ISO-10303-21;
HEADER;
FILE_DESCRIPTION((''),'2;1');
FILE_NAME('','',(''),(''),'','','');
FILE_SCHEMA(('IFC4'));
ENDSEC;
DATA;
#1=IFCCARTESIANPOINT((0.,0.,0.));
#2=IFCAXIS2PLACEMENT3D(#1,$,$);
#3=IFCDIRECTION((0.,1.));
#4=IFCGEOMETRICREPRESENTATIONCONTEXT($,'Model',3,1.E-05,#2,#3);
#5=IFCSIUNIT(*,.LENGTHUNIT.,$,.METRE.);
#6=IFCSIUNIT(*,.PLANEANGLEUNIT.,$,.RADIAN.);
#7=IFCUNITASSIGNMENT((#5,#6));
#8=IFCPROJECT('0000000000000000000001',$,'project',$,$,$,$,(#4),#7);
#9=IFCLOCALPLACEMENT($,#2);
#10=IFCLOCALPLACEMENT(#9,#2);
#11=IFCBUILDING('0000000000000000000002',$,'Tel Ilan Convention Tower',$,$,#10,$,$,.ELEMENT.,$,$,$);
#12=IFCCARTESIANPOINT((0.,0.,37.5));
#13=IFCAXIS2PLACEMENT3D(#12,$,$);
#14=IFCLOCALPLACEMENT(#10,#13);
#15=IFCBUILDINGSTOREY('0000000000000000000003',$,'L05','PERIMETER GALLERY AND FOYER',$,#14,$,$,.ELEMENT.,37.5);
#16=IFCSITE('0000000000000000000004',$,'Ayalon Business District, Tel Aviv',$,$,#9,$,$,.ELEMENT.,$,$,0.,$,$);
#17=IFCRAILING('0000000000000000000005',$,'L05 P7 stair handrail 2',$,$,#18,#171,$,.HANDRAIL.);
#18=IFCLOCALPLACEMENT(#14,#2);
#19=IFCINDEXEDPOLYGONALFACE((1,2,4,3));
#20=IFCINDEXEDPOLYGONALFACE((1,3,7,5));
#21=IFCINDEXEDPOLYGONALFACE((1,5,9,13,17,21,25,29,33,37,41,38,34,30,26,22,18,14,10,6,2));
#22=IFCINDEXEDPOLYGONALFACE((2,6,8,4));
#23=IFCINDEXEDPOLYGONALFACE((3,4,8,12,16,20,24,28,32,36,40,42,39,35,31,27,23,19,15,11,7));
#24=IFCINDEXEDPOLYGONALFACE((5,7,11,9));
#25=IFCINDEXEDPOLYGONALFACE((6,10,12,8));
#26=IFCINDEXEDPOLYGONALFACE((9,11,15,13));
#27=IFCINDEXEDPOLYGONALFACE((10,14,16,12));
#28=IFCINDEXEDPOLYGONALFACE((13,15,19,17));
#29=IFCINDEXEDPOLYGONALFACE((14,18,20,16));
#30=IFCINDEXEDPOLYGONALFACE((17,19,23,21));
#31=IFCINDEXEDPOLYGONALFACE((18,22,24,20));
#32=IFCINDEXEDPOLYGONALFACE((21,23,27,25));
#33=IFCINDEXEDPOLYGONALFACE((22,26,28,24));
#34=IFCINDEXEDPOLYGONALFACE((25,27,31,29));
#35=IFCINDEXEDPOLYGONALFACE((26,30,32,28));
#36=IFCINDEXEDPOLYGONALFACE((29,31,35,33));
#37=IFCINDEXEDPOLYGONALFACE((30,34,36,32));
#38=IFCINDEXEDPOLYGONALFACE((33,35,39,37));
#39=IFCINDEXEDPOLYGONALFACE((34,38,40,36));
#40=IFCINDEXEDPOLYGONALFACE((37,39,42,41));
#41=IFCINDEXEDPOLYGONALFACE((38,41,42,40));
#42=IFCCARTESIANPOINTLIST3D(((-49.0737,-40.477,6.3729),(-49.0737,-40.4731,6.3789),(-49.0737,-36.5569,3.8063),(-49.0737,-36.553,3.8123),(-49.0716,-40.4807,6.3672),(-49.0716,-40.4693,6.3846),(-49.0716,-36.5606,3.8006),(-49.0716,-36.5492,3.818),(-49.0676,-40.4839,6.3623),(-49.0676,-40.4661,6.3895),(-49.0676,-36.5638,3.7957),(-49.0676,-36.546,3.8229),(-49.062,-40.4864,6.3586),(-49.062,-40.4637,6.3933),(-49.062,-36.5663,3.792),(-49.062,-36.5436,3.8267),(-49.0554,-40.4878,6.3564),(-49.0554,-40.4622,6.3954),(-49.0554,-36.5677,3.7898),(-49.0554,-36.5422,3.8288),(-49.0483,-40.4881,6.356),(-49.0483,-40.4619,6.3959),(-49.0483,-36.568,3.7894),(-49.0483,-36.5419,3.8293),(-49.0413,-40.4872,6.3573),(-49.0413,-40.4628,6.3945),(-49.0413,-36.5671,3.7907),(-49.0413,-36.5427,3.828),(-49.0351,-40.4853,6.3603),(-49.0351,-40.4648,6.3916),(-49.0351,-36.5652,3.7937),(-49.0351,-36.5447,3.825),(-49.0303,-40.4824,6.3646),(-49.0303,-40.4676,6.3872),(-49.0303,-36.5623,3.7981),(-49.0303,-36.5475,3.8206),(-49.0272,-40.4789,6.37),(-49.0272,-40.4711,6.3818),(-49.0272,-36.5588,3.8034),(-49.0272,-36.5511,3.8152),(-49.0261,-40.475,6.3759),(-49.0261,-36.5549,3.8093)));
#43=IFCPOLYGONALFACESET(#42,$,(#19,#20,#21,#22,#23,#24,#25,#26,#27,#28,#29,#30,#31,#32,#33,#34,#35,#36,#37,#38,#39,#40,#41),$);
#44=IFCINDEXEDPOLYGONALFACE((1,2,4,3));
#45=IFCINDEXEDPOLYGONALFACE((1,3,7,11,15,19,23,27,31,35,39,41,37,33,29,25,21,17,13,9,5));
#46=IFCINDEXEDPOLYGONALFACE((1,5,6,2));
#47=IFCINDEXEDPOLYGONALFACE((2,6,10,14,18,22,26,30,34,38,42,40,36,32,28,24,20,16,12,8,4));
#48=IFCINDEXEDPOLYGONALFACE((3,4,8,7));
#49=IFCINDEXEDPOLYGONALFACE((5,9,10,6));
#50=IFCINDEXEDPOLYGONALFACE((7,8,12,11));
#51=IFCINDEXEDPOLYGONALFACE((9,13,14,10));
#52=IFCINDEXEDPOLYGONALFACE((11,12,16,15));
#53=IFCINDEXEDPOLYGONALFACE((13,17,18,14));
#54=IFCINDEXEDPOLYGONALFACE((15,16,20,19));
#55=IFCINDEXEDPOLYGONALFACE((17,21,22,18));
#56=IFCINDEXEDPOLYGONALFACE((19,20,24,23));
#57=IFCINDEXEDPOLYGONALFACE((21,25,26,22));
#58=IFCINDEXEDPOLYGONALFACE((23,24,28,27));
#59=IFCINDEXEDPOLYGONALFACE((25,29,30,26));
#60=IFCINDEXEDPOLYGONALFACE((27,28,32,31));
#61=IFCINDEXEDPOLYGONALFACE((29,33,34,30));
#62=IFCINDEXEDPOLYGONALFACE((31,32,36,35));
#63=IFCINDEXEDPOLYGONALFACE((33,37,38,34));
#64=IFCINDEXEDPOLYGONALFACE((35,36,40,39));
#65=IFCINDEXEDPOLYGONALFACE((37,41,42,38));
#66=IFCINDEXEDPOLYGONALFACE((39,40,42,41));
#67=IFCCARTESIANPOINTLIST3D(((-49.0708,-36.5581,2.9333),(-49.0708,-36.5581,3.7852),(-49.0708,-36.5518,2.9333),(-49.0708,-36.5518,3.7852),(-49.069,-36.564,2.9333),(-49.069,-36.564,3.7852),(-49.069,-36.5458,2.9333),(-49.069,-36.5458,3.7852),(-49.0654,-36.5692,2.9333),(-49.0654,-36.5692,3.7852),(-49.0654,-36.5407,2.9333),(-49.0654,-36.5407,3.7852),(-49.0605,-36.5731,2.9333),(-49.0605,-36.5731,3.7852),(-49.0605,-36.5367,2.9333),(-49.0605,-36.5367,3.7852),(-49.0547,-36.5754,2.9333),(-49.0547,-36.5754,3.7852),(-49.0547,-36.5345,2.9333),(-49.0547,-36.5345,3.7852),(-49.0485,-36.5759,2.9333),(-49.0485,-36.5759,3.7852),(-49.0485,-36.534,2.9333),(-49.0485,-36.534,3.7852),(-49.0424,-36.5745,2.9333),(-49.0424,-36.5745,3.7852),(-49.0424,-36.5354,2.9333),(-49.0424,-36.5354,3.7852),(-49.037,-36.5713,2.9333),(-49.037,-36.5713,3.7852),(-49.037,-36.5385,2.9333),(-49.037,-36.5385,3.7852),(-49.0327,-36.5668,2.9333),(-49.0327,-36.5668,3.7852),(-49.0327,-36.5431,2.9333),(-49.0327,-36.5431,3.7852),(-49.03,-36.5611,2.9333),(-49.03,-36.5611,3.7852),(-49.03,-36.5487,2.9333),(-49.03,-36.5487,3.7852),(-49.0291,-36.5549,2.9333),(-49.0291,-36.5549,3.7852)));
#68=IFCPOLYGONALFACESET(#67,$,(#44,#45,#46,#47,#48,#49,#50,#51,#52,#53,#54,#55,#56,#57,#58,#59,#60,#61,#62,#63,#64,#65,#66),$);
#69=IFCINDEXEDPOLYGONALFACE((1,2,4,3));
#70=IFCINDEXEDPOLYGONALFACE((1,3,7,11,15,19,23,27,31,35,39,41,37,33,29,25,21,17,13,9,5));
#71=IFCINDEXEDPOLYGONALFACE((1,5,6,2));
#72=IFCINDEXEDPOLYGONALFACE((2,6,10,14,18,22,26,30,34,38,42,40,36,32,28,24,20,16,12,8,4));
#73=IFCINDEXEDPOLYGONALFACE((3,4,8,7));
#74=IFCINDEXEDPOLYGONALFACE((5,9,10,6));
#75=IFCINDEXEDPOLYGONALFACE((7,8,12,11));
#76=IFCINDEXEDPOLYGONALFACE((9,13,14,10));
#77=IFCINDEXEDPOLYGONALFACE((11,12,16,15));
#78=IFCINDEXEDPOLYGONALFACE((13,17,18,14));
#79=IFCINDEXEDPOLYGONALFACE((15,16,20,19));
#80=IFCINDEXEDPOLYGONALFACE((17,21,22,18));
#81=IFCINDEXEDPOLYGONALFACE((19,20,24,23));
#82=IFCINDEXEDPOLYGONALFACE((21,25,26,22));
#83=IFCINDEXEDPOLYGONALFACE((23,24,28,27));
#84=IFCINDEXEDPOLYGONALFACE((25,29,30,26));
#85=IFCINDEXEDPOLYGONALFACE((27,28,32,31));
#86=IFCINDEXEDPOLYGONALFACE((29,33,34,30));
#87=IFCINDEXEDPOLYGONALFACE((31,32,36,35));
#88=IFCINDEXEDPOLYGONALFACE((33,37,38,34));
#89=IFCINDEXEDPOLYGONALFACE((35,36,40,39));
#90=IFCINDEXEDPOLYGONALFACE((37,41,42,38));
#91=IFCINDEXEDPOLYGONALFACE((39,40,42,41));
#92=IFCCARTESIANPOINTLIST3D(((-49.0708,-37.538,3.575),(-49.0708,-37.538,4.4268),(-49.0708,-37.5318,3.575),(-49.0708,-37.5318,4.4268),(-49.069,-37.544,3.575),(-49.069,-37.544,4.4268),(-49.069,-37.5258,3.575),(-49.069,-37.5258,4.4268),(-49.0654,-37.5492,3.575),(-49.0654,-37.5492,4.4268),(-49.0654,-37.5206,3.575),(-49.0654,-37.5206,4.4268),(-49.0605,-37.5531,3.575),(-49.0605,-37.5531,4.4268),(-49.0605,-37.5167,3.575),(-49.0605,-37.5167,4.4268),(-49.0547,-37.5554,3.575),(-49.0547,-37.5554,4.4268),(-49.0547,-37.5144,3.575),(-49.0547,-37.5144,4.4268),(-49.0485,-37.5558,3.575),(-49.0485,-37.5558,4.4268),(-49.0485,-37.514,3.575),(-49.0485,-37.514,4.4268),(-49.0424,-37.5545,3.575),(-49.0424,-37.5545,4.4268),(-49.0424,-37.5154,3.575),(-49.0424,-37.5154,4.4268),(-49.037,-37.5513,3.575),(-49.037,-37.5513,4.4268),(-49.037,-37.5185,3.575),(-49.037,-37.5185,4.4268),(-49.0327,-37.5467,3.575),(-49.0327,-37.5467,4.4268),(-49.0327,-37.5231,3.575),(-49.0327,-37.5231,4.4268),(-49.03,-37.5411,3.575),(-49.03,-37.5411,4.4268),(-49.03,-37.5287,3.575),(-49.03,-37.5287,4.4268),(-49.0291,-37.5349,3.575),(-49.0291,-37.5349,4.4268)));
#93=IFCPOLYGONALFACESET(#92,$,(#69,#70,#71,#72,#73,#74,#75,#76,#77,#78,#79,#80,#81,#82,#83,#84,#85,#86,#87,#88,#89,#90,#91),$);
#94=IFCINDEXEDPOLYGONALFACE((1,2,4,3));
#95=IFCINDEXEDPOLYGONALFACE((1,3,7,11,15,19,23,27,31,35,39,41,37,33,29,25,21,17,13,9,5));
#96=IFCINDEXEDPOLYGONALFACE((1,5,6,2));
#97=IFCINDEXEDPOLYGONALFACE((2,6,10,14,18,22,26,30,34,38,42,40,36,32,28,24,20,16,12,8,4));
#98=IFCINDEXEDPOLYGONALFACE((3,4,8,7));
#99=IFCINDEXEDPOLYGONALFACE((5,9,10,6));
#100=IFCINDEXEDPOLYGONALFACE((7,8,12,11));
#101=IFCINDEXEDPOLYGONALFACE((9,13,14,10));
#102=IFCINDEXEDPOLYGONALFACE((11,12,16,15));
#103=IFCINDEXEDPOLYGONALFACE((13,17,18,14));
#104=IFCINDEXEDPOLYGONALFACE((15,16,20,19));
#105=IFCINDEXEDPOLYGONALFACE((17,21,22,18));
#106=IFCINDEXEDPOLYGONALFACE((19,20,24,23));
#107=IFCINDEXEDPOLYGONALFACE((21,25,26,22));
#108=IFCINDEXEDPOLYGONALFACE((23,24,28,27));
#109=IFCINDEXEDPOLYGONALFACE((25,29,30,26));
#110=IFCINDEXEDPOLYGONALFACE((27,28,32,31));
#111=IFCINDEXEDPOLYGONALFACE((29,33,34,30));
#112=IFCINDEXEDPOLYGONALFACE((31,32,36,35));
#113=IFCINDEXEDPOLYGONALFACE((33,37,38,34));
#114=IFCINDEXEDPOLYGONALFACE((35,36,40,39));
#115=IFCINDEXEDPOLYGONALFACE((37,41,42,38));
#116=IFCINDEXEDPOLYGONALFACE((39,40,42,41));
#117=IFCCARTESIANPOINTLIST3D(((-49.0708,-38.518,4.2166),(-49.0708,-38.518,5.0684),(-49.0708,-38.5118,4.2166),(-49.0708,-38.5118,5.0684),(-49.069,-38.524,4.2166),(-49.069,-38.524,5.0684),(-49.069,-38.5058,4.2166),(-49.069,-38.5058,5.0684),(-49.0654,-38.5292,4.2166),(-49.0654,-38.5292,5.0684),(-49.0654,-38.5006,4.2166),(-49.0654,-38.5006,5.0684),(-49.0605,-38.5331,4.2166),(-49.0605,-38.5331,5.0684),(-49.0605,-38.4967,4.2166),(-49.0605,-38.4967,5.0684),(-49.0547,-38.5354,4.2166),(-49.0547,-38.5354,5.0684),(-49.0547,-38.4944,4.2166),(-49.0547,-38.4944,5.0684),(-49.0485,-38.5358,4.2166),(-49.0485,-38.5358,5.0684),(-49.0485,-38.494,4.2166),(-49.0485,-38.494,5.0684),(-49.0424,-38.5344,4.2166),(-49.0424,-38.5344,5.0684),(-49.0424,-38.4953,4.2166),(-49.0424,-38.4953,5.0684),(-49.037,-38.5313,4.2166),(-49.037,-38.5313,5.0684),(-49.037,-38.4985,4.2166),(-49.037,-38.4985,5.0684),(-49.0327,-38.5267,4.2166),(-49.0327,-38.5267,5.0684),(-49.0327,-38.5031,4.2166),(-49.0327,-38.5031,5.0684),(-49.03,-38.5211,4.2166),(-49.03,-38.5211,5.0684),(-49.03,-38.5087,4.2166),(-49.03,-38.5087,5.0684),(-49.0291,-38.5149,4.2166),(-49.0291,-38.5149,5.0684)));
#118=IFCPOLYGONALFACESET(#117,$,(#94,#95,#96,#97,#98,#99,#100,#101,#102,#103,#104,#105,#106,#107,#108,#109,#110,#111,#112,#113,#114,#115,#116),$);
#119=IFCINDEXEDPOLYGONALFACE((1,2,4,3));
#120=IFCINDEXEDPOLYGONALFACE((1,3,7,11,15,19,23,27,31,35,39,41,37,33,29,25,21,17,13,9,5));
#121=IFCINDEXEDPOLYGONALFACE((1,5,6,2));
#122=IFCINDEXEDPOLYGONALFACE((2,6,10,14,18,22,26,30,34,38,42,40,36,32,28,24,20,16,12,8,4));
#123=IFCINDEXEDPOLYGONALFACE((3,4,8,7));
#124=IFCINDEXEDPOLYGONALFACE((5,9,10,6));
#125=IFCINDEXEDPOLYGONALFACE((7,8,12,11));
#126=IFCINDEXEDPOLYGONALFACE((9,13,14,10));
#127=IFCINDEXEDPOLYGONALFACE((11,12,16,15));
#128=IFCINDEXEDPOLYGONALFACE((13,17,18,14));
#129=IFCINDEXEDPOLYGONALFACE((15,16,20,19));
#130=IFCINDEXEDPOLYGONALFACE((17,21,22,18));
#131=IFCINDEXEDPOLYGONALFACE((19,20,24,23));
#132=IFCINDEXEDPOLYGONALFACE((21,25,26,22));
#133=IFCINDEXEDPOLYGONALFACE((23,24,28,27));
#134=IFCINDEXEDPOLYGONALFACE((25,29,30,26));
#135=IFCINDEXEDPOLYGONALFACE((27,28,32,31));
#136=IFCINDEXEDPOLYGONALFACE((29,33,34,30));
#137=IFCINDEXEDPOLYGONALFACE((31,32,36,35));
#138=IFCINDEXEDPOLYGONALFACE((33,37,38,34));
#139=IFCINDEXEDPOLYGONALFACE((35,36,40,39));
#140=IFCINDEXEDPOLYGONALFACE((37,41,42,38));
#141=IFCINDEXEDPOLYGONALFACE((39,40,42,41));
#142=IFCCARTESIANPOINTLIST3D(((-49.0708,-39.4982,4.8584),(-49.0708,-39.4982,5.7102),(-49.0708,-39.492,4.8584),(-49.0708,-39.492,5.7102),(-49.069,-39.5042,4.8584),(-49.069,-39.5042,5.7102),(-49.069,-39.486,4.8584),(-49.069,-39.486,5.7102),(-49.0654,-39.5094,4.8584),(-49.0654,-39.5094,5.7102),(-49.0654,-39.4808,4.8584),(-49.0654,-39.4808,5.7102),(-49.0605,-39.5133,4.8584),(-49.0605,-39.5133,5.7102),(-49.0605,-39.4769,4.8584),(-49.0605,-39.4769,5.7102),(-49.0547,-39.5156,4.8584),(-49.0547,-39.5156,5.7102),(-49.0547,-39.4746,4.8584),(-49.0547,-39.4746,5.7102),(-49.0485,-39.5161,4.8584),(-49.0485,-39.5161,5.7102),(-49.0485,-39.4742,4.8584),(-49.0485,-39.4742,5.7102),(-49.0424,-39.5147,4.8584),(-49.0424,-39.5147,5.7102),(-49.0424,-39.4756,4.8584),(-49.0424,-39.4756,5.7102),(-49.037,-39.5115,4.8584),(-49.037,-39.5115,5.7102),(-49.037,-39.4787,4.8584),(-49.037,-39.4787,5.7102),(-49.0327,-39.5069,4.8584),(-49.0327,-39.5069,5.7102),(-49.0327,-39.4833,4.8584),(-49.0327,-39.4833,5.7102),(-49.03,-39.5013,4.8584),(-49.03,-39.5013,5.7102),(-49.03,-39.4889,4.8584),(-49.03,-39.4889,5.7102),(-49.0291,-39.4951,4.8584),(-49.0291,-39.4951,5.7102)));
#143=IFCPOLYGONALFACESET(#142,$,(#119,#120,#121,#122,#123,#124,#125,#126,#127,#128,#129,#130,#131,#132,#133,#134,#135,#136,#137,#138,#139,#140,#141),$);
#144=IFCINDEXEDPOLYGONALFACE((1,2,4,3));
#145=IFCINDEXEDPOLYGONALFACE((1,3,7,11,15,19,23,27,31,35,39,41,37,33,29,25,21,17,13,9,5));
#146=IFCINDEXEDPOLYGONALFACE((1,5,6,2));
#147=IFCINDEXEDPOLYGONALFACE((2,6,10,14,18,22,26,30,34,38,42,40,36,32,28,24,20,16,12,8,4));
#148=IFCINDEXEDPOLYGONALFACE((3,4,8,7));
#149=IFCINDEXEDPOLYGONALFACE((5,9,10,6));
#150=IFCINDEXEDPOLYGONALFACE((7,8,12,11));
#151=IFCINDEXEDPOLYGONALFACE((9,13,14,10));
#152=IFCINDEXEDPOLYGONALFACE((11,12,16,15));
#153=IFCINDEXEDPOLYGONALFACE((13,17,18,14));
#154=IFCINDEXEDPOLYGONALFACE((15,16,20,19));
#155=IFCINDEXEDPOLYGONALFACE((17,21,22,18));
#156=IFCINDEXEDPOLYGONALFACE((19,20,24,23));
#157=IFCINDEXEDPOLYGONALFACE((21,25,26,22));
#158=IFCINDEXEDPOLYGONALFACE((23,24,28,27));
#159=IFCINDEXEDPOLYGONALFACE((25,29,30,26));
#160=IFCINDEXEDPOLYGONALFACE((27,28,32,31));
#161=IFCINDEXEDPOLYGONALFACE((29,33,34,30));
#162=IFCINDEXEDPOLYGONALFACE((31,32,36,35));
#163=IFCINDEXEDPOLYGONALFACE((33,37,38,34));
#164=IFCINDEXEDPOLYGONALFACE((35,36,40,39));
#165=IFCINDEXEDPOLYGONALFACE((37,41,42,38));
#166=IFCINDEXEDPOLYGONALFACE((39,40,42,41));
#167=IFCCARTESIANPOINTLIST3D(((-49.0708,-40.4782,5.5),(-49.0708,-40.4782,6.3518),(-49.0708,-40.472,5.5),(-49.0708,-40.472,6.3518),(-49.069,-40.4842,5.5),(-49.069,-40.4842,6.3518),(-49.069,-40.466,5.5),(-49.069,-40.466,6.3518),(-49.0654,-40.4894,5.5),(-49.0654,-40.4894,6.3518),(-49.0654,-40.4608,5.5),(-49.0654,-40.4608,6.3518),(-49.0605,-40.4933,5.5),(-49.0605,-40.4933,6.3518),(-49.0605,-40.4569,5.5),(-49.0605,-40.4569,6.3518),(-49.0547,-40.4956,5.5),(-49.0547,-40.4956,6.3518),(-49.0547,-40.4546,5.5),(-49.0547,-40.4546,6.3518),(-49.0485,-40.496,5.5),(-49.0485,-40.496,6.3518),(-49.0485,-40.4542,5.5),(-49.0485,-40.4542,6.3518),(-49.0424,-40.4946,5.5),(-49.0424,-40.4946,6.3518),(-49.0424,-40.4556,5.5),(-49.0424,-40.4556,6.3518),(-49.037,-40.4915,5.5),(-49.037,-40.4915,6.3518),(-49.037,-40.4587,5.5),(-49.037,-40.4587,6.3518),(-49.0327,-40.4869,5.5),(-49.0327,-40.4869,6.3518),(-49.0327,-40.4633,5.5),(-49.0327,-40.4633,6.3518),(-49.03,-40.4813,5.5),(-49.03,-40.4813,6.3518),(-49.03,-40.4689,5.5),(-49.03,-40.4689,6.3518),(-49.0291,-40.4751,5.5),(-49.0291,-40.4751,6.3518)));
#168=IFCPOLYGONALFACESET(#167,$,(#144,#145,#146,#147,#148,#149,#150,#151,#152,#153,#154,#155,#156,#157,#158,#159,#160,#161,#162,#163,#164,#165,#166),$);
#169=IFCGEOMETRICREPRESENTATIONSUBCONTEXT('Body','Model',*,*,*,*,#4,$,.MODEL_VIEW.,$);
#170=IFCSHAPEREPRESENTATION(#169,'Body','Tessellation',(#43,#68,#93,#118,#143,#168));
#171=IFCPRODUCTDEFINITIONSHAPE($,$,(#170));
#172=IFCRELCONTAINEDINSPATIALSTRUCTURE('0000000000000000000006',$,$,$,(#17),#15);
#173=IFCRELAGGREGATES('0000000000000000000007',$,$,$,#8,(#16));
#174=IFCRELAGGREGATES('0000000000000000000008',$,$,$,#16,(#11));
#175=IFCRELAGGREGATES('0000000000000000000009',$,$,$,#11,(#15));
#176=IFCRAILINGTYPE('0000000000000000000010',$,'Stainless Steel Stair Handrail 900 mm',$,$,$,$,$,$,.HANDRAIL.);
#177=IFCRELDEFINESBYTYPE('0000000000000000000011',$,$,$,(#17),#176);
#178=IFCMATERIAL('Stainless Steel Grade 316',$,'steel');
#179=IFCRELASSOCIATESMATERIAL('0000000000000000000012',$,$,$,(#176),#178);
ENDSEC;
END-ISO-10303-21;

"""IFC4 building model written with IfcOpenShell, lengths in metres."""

from ifc_helpers import new_model, si_unit, direction, frame, origin, origin_2d, place, context, subcontext, project, spatial, circle, extrude, material, type_object, element, save


model = new_model("IFC4")

# Units and contexts
model_context = context("Model", 3, precision=1e-05, world=origin(), true_north=direction((0.0, 1.0)))
body_context = subcontext(model_context, "Body", "Model", "MODEL_VIEW")
ifc_project = project(units=[si_unit("LENGTHUNIT", "METRE"), si_unit("PLANEANGLEUNIT", "RADIAN")], contexts=[model_context])

# Site, building, storey
site_placement = place(None, origin())
site = spatial("IfcSite", under=ifc_project, at=site_placement, Name="Ayalon Business District, Tel Aviv", CompositionType="ELEMENT", RefElevation=0.0)
building_placement = place(site_placement, origin())
building = spatial("IfcBuilding", under=site, at=building_placement, Name="Tel Ilan Convention Tower", CompositionType="ELEMENT")
storey_placement = place(building_placement, frame((0.0, 0.0, 37.5)))
storey = spatial("IfcBuildingStorey", under=building, at=storey_placement, Name="L05", Description="PERIMETER GALLERY AND FOYER", CompositionType="ELEMENT", Elevation=37.5)

# Railing
ifc_material_1 = material(Name="Stainless Steel Grade 316", Category="steel")
railing_type_1 = type_object("IfcRailingType", Name="Stainless Steel Stair Handrail 900 mm", PredefinedType="HANDRAIL", material=ifc_material_1)
railing_1_placement = place(storey_placement, frame((-49.05, -36.5549, 2.9333)))
element("IfcRailing", 1, at=railing_1_placement, inside=storey, type_object=railing_type_1, Name="L05 P7 stair handrail 2", PredefinedType="HANDRAIL", context=body_context, shape_type="SweptSolid", body=[
    extrude(circle(Radius=0.0239, at=origin_2d()), frame((0.0, 0.0, 0.876), z_axis=(0.0, -0.836631, 0.547767), x_axis=(1.0, 0.0, 0.0)), (0.0, 0.0, 1.0), 4.6855),
    extrude(circle(Radius=0.021, at=origin_2d()), origin(), (0.0, 0.0, 1.0), 0.8518),
    extrude(circle(Radius=0.021, at=origin_2d()), frame((0.0, -0.98, 0.6416)), (0.0, 0.0, 1.0), 0.8518),
    extrude(circle(Radius=0.021, at=origin_2d()), frame((0.0, -1.96, 1.2832)), (0.0, 0.0, 1.0), 0.8518),
    extrude(circle(Radius=0.021, at=origin_2d()), frame((0.0, -2.9402, 1.925)), (0.0, 0.0, 1.0), 0.8518),
    extrude(circle(Radius=0.021, at=origin_2d()), frame((0.0, -3.9202, 2.5667)), (0.0, 0.0, 1.0), 0.8518),
])

save(model, "model.ifc")
